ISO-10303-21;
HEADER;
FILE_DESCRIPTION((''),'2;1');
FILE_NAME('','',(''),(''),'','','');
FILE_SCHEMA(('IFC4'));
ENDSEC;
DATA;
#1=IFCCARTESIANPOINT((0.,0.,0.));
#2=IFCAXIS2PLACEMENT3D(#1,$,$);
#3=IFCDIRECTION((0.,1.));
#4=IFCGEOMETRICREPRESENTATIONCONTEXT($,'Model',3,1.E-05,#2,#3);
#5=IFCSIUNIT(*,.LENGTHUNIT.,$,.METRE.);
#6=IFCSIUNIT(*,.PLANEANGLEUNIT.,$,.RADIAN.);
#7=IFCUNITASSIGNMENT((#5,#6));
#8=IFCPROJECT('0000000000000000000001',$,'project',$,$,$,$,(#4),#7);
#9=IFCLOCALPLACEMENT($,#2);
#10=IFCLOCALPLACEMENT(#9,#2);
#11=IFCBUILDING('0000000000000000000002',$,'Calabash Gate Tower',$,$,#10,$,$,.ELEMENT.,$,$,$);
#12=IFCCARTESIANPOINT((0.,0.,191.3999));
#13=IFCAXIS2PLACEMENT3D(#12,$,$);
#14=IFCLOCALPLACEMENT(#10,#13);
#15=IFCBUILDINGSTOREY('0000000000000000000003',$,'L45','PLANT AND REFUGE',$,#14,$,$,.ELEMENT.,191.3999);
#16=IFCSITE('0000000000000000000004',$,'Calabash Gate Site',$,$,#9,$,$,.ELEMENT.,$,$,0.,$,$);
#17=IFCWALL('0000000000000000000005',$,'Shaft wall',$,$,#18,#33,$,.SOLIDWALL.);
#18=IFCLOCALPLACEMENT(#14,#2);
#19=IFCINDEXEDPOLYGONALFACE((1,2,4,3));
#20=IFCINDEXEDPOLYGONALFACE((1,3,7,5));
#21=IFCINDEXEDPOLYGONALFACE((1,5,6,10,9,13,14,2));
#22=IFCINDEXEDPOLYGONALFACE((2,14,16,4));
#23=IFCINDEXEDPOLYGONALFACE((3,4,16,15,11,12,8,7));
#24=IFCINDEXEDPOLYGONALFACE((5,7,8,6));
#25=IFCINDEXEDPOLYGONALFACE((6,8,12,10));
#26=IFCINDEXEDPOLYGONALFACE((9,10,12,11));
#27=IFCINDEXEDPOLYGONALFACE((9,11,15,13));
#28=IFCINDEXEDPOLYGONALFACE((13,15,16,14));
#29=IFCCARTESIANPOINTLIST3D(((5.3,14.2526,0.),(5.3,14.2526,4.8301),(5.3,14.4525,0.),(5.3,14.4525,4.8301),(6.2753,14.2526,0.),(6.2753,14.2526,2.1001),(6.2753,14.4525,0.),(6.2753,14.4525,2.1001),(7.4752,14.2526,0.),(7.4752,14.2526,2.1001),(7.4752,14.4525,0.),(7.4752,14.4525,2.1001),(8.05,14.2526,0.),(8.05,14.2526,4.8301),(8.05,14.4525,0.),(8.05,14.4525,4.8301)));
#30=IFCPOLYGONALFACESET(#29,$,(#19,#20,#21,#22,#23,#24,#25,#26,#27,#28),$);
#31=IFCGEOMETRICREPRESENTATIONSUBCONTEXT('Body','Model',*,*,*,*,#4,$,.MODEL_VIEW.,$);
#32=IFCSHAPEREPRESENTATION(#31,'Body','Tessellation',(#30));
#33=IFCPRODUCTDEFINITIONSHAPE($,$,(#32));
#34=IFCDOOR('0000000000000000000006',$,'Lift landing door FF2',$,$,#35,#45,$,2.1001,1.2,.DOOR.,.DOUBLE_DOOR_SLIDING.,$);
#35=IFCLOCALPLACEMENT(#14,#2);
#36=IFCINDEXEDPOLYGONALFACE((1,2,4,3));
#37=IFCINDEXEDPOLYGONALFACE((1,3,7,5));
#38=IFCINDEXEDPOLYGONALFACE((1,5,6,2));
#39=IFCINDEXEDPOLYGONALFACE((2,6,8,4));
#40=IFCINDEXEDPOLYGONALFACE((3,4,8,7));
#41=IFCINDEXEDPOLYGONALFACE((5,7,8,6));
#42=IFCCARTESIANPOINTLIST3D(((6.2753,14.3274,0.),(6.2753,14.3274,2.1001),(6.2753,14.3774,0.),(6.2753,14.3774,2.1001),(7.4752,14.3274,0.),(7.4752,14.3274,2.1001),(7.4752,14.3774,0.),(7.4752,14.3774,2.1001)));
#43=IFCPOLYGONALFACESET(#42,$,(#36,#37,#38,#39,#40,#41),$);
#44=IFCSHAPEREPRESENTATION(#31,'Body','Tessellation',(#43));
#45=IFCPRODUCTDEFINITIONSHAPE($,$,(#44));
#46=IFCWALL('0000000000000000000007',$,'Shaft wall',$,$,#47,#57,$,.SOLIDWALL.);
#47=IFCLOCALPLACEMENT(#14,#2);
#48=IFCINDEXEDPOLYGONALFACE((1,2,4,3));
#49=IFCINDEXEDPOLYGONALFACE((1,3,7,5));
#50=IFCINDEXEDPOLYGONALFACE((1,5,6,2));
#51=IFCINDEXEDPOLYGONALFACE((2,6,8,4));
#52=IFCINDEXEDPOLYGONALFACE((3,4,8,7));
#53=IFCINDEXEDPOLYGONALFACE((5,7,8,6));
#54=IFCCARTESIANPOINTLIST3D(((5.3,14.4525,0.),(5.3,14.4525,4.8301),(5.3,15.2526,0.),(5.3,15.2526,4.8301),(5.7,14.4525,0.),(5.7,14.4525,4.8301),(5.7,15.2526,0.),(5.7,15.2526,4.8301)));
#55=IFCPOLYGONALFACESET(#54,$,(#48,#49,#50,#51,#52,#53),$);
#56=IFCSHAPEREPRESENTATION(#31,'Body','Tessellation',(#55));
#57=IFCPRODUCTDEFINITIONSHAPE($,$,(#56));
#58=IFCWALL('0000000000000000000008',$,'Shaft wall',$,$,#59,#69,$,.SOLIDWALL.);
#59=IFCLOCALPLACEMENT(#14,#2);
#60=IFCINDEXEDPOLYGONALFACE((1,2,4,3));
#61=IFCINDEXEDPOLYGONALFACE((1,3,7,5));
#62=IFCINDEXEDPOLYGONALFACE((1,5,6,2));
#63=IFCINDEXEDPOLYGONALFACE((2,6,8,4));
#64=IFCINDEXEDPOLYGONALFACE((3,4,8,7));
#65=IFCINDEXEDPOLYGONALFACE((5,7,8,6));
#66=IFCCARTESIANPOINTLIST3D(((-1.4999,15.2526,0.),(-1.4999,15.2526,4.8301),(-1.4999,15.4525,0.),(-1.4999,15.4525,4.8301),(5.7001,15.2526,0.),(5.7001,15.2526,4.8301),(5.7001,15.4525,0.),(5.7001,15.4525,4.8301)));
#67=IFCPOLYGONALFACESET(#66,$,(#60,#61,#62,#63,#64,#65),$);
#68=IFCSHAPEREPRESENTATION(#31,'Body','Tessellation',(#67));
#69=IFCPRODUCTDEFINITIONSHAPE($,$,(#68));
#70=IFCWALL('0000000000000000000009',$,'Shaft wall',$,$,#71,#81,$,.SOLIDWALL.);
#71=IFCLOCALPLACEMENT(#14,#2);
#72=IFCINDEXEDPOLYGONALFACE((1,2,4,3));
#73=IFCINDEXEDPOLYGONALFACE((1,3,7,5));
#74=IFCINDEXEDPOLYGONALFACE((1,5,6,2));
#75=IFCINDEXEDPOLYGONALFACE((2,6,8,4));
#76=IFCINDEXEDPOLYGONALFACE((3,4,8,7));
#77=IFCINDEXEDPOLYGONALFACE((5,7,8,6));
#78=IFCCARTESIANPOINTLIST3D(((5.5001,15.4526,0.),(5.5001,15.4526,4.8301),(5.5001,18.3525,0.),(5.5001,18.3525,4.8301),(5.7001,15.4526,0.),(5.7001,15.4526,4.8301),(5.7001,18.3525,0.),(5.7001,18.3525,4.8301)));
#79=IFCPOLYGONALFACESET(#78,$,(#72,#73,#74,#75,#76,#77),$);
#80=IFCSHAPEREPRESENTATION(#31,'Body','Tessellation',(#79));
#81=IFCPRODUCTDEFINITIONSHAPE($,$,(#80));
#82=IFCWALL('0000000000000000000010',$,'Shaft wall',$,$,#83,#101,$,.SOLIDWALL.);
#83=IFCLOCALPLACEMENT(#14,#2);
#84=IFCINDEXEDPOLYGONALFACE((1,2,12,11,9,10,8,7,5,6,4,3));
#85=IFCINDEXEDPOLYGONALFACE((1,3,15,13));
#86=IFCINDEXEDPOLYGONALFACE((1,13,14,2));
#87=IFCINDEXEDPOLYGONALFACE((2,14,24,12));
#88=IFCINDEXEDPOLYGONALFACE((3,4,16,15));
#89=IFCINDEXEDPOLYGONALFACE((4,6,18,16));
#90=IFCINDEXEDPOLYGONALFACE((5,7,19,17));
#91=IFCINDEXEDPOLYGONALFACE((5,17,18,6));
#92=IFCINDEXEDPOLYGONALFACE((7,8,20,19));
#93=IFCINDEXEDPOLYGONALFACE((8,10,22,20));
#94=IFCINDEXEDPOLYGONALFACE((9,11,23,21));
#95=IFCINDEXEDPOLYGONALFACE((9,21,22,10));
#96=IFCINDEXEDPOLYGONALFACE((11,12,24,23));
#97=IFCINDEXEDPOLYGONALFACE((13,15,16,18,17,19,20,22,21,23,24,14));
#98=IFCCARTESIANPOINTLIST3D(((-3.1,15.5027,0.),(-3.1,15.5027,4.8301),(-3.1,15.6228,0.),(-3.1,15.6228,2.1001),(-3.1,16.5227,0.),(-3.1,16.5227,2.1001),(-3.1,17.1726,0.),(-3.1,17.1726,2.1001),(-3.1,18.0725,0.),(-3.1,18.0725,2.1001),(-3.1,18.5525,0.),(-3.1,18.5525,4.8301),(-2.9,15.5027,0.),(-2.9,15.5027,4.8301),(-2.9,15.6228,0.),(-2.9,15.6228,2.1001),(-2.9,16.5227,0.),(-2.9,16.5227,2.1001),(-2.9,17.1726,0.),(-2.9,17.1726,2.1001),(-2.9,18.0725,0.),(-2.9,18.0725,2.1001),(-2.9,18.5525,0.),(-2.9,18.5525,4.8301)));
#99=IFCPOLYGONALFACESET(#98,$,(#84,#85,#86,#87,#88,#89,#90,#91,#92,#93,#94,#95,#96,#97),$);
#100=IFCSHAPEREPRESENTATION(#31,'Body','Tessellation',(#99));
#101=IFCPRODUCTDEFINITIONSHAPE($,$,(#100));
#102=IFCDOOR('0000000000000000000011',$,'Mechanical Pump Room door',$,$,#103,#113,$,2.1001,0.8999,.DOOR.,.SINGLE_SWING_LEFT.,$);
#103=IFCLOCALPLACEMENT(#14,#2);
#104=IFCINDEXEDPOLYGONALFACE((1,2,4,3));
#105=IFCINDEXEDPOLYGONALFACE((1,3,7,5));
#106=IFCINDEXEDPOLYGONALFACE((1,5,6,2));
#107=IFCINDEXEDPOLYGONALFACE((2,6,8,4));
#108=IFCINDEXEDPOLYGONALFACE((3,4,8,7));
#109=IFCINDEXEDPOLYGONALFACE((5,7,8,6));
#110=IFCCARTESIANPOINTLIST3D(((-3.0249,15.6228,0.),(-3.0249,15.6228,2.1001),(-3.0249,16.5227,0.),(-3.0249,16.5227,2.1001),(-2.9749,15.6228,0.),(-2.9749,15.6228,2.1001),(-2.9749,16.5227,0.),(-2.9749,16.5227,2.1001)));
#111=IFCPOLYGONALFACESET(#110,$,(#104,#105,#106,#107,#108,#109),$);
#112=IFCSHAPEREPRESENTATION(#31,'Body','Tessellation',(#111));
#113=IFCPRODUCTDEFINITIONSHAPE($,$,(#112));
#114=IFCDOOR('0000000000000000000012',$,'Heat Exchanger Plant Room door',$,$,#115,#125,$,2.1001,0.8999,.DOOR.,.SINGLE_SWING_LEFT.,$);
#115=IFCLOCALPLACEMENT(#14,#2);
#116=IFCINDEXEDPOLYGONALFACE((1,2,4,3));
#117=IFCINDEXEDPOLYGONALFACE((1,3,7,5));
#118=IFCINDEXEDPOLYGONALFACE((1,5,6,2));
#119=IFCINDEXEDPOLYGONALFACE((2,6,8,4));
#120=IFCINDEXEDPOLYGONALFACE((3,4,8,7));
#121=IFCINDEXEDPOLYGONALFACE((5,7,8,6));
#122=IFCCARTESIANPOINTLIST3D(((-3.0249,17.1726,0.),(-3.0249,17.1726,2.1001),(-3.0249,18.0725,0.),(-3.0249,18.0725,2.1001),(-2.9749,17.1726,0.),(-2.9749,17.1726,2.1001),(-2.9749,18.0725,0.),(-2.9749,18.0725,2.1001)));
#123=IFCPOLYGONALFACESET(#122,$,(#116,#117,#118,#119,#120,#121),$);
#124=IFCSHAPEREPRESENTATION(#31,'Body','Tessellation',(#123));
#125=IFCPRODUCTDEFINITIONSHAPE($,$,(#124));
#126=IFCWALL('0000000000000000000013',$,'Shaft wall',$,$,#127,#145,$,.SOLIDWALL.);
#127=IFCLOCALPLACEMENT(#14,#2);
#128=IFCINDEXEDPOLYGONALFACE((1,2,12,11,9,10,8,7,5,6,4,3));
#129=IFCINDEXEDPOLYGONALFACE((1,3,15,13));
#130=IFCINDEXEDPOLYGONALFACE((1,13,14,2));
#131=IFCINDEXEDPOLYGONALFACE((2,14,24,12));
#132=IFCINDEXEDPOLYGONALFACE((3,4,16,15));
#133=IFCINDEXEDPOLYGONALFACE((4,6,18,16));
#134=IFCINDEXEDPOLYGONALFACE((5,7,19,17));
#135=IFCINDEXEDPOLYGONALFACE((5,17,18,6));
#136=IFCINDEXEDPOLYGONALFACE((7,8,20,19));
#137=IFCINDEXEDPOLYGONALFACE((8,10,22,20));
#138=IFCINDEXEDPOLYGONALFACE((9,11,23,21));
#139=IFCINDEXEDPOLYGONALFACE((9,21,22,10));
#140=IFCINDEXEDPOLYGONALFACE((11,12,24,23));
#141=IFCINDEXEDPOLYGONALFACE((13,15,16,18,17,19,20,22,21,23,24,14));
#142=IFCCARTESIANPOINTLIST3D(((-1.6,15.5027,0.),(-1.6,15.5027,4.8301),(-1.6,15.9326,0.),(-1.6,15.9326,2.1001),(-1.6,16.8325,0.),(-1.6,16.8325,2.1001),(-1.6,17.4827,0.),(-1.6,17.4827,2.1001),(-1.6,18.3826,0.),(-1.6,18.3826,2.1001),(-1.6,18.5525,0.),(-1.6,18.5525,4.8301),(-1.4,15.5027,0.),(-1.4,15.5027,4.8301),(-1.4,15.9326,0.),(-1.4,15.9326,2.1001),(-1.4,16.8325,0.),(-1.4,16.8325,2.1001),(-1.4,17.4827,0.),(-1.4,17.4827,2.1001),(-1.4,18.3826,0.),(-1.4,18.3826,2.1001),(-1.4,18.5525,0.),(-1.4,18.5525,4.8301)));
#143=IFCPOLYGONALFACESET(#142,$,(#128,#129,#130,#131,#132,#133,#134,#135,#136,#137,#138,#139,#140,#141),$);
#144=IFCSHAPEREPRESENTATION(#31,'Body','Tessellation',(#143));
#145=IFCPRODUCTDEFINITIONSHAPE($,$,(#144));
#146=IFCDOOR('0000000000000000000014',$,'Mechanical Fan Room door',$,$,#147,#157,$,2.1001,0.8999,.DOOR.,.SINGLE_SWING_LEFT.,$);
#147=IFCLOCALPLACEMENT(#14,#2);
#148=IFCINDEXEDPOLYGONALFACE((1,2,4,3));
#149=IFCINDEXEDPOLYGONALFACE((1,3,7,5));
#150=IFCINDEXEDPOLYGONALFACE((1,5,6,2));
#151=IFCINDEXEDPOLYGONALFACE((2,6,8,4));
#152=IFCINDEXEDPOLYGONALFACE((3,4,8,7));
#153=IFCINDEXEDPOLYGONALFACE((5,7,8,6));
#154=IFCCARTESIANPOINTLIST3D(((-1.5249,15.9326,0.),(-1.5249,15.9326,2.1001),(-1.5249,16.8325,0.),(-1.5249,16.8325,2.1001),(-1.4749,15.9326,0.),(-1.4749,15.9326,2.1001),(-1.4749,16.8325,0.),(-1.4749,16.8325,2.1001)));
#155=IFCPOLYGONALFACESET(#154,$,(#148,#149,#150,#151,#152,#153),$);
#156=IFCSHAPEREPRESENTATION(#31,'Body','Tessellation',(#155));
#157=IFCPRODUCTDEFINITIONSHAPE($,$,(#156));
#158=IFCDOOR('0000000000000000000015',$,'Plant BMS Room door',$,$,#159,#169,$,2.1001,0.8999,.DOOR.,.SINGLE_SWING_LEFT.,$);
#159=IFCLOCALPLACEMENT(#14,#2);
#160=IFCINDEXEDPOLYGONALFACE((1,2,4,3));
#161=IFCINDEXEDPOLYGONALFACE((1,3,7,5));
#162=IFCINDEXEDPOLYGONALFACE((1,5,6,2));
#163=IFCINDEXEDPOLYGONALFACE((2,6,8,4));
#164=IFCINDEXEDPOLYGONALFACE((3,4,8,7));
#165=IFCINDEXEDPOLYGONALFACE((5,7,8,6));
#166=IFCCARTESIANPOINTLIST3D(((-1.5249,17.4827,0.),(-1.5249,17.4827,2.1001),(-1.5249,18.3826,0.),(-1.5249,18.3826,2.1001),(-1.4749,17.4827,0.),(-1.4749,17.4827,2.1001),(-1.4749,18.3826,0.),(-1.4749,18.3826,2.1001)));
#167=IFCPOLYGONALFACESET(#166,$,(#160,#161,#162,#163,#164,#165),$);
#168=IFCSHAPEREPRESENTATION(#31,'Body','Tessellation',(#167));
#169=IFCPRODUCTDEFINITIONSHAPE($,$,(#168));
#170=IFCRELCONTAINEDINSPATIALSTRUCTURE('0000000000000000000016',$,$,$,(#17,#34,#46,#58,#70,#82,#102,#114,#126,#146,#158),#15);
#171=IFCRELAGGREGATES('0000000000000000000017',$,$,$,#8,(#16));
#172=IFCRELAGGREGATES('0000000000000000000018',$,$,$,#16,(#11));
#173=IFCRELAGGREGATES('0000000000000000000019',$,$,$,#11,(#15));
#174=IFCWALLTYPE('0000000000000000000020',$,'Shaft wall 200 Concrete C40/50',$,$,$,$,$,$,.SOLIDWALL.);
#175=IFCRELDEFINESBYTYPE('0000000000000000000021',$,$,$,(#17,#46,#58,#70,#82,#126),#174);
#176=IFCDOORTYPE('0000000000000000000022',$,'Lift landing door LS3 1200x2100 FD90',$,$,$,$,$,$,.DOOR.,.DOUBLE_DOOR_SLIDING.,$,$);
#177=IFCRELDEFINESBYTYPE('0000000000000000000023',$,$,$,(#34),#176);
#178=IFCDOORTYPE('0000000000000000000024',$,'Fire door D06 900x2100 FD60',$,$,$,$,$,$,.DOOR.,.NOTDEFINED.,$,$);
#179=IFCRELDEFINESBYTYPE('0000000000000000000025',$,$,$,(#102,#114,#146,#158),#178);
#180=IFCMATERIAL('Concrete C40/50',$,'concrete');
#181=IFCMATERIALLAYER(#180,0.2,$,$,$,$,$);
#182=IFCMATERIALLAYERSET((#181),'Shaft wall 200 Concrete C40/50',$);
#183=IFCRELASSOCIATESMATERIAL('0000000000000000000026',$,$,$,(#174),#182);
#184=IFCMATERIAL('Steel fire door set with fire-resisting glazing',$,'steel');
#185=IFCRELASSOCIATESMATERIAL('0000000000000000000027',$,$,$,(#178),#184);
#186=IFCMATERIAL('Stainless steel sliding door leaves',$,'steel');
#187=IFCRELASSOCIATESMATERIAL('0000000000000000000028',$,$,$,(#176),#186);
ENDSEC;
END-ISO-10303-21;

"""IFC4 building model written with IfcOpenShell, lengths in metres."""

from ifc_helpers import new_model, si_unit, direction, frame, frame_2d, origin, place, context, subcontext, project, spatial, rectangle, extrude, material, layer, layer_set, type_object, element, fill, save


model = new_model("IFC4")

# Units and contexts
model_context = context("Model", 3, precision=1e-05, world=origin(), true_north=direction((0.0, 1.0)))
body_context = subcontext(model_context, "Body", "Model", "MODEL_VIEW")
ifc_project = project(units=[si_unit("LENGTHUNIT", "METRE"), si_unit("PLANEANGLEUNIT", "RADIAN")], contexts=[model_context])

# Site, building, storey
site_placement = place(None, origin())
site = spatial("IfcSite", under=ifc_project, at=site_placement, Name="Calabash Gate Site", CompositionType="ELEMENT", RefElevation=0.0)
building_placement = place(site_placement, origin())
building = spatial("IfcBuilding", under=site, at=building_placement, Name="Calabash Gate Tower", CompositionType="ELEMENT")
storey_placement = place(building_placement, frame((0.0, 0.0, 191.3999)))
storey = spatial("IfcBuildingStorey", under=building, at=storey_placement, Name="L45", Description="PLANT AND REFUGE", CompositionType="ELEMENT", Elevation=191.3999)

# Shared definitions
ifc_material_1 = material(Name="Concrete C40/50", Category="concrete")
ifc_layer_1 = layer(ifc_material_1, 0.2)
ifc_layer_set_1 = layer_set([ifc_layer_1], Name="Shaft wall 200 Concrete C40/50")
wall_type_1 = type_object("IfcWallType", Name="Shaft wall 200 Concrete C40/50", PredefinedType="SOLIDWALL", material=ifc_layer_set_1)
ifc_material_2 = material(Name="Steel fire door set with fire-resisting glazing", Category="steel")
door_type_1 = type_object("IfcDoorType", Name="Fire door D06 900x2100 FD60", OperationType="NOTDEFINED", PredefinedType="DOOR", material=ifc_material_2)

# Wall, opening, door
wall_1_placement = place(storey_placement, frame((5.3, 14.3525, 0.0), z_axis=(0.0, 0.0, 1.0), x_axis=(1.0, 0.0, 0.0)))
wall_1 = element("IfcWall", 1, at=wall_1_placement, inside=storey, type_object=wall_type_1, Name="Shaft wall", PredefinedType="SOLIDWALL", context=body_context, shape_type="SweptSolid", body=[
    extrude(rectangle(XDim=2.75, YDim=0.2, at=frame_2d((1.375, 0.0))), origin(), (0.0, 0.0, 1.0), 4.8301),
])
opening_1_placement = place(wall_1_placement, frame((0.9751, 0.0, 0.0)))
opening_1 = element("IfcOpeningElement", 2, at=opening_1_placement, cuts=wall_1, PredefinedType="OPENING", context=body_context, shape_type="SweptSolid", body=[
    extrude(rectangle(XDim=1.2, YDim=2.1001, at=frame_2d((0.6001, 1.05))), frame((0.0, 0.1099, 0.0), z_axis=(0.0, -1.0, 0.0), x_axis=(1.0, 0.0, 0.0)), (0.0, 0.0, 1.0), 0.22),
])
ifc_material_3 = material(Name="Stainless steel sliding door leaves", Category="steel")
door_type_2 = type_object("IfcDoorType", Name="Lift landing door LS3 1200x2100 FD90", OperationType="DOUBLE_DOOR_SLIDING", PredefinedType="DOOR", material=ifc_material_3)
door_1_placement = place(opening_1_placement, origin())
door_1 = element("IfcDoor", 3, at=door_1_placement, inside=storey, type_object=door_type_2, Name="Lift landing door FF2", OperationType="DOUBLE_DOOR_SLIDING", OverallHeight=2.1001, OverallWidth=1.2, PredefinedType="DOOR", context=body_context, shape_type="SweptSolid", body=[
    extrude(rectangle(XDim=1.2, YDim=2.1001, at=frame_2d((0.6001, 1.05))), frame((0.0, 0.0249, 0.0), z_axis=(0.0, -1.0, 0.0), x_axis=(1.0, 0.0, 0.0)), (0.0, 0.0, 1.0), 0.05),
])
fill(opening_1, door_1)

# Walls
wall_2_placement = place(storey_placement, frame((5.5, 14.4526, 0.0), z_axis=(0.0, 0.0, 1.0), x_axis=(0.0, 1.0, 0.0)))
element("IfcWall", 4, at=wall_2_placement, inside=storey, type_object=wall_type_1, Name="Shaft wall", PredefinedType="SOLIDWALL", context=body_context, shape_type="SweptSolid", body=[
    extrude(rectangle(XDim=0.8, YDim=0.3999, at=frame_2d((0.3999, 0.0))), origin(), (0.0, 0.0, 1.0), 4.8301),
])
wall_3_placement = place(storey_placement, frame((-1.5, 15.3525, 0.0), z_axis=(0.0, 0.0, 1.0), x_axis=(1.0, 0.0, 0.0)))
element("IfcWall", 5, at=wall_3_placement, inside=storey, type_object=wall_type_1, Name="Shaft wall", PredefinedType="SOLIDWALL", context=body_context, shape_type="SweptSolid", body=[
    extrude(rectangle(XDim=7.2, YDim=0.2, at=frame_2d((3.6001, 0.0))), origin(), (0.0, 0.0, 1.0), 4.8301),
])
wall_4_placement = place(storey_placement, frame((5.6001, 15.4526, 0.0), z_axis=(0.0, 0.0, 1.0), x_axis=(0.0, 1.0, 0.0)))
element("IfcWall", 6, at=wall_4_placement, inside=storey, type_object=wall_type_1, Name="Shaft wall", PredefinedType="SOLIDWALL", context=body_context, shape_type="SweptSolid", body=[
    extrude(rectangle(XDim=2.8999, YDim=0.2, at=frame_2d((1.45, 0.0))), origin(), (0.0, 0.0, 1.0), 4.8301),
])

# Walls, openings, doors
wall_5_placement = place(storey_placement, frame((-3.0, 15.5027, 0.0), z_axis=(0.0, 0.0, 1.0), x_axis=(0.0, 1.0, 0.0)))
wall_5 = element("IfcWall", 7, at=wall_5_placement, inside=storey, type_object=wall_type_1, Name="Shaft wall", PredefinedType="SOLIDWALL", context=body_context, shape_type="SweptSolid", body=[
    extrude(rectangle(XDim=3.0498, YDim=0.2, at=frame_2d((1.5249, 0.0))), origin(), (0.0, 0.0, 1.0), 4.8301),
])
opening_2_placement = place(wall_5_placement, frame((0.1201, 0.0, 0.0)))
opening_2 = element("IfcOpeningElement", 8, at=opening_2_placement, cuts=wall_5, PredefinedType="OPENING", context=body_context, shape_type="SweptSolid", body=[
    extrude(rectangle(XDim=0.8999, YDim=2.1001, at=frame_2d((0.45, 1.05))), frame((0.0, 0.1099, 0.0), z_axis=(0.0, -1.0, 0.0), x_axis=(1.0, 0.0, 0.0)), (0.0, 0.0, 1.0), 0.22),
])
opening_3_placement = place(wall_5_placement, frame((1.6699, 0.0, 0.0)))
opening_3 = element("IfcOpeningElement", 9, at=opening_3_placement, cuts=wall_5, PredefinedType="OPENING", context=body_context, shape_type="SweptSolid", body=[
    extrude(rectangle(XDim=0.8999, YDim=2.1001, at=frame_2d((0.45, 1.05))), frame((0.0, 0.1099, 0.0), z_axis=(0.0, -1.0, 0.0), x_axis=(1.0, 0.0, 0.0)), (0.0, 0.0, 1.0), 0.22),
])
door_2_placement = place(opening_2_placement, origin())
door_2 = element("IfcDoor", 10, at=door_2_placement, inside=storey, type_object=door_type_1, Name="Mechanical Pump Room door", OperationType="SINGLE_SWING_LEFT", OverallHeight=2.1001, OverallWidth=0.8999, PredefinedType="DOOR", context=body_context, shape_type="SweptSolid", body=[
    extrude(rectangle(XDim=0.8999, YDim=2.1001, at=frame_2d((0.45, 1.05))), frame((0.0, 0.0249, 0.0), z_axis=(0.0, -1.0, 0.0), x_axis=(1.0, 0.0, 0.0)), (0.0, 0.0, 1.0), 0.05),
])
fill(opening_2, door_2)
door_3_placement = place(opening_3_placement, origin())
door_3 = element("IfcDoor", 11, at=door_3_placement, inside=storey, type_object=door_type_1, Name="Heat Exchanger Plant Room door", OperationType="SINGLE_SWING_LEFT", OverallHeight=2.1001, OverallWidth=0.8999, PredefinedType="DOOR", context=body_context, shape_type="SweptSolid", body=[
    extrude(rectangle(XDim=0.8999, YDim=2.1001, at=frame_2d((0.45, 1.05))), frame((0.0, 0.0249, 0.0), z_axis=(0.0, -1.0, 0.0), x_axis=(1.0, 0.0, 0.0)), (0.0, 0.0, 1.0), 0.05),
])
fill(opening_3, door_3)
wall_6_placement = place(storey_placement, frame((-1.5, 15.5027, 0.0), z_axis=(0.0, 0.0, 1.0), x_axis=(0.0, 1.0, 0.0)))
wall_6 = element("IfcWall", 12, at=wall_6_placement, inside=storey, type_object=wall_type_1, Name="Shaft wall", PredefinedType="SOLIDWALL", context=body_context, shape_type="SweptSolid", body=[
    extrude(rectangle(XDim=3.0498, YDim=0.2, at=frame_2d((1.5249, 0.0))), origin(), (0.0, 0.0, 1.0), 4.8301),
])
opening_4_placement = place(wall_6_placement, frame((0.4299, 0.0, 0.0)))
opening_4 = element("IfcOpeningElement", 13, at=opening_4_placement, cuts=wall_6, PredefinedType="OPENING", context=body_context, shape_type="SweptSolid", body=[
    extrude(rectangle(XDim=0.8999, YDim=2.1001, at=frame_2d((0.45, 1.05))), frame((0.0, 0.1099, 0.0), z_axis=(0.0, -1.0, 0.0), x_axis=(1.0, 0.0, 0.0)), (0.0, 0.0, 1.0), 0.22),
])
opening_5_placement = place(wall_6_placement, frame((1.98, 0.0, 0.0)))
opening_5 = element("IfcOpeningElement", 14, at=opening_5_placement, cuts=wall_6, PredefinedType="OPENING", context=body_context, shape_type="SweptSolid", body=[
    extrude(rectangle(XDim=0.8999, YDim=2.1001, at=frame_2d((0.45, 1.05))), frame((0.0, 0.1099, 0.0), z_axis=(0.0, -1.0, 0.0), x_axis=(1.0, 0.0, 0.0)), (0.0, 0.0, 1.0), 0.22),
])
door_4_placement = place(opening_4_placement, origin())
door_4 = element("IfcDoor", 15, at=door_4_placement, inside=storey, type_object=door_type_1, Name="Mechanical Fan Room door", OperationType="SINGLE_SWING_LEFT", OverallHeight=2.1001, OverallWidth=0.8999, PredefinedType="DOOR", context=body_context, shape_type="SweptSolid", body=[
    extrude(rectangle(XDim=0.8999, YDim=2.1001, at=frame_2d((0.45, 1.05))), frame((0.0, 0.0249, 0.0), z_axis=(0.0, -1.0, 0.0), x_axis=(1.0, 0.0, 0.0)), (0.0, 0.0, 1.0), 0.05),
])
fill(opening_4, door_4)
door_5_placement = place(opening_5_placement, origin())
door_5 = element("IfcDoor", 16, at=door_5_placement, inside=storey, type_object=door_type_1, Name="Plant BMS Room door", OperationType="SINGLE_SWING_LEFT", OverallHeight=2.1001, OverallWidth=0.8999, PredefinedType="DOOR", context=body_context, shape_type="SweptSolid", body=[
    extrude(rectangle(XDim=0.8999, YDim=2.1001, at=frame_2d((0.45, 1.05))), frame((0.0, 0.0249, 0.0), z_axis=(0.0, -1.0, 0.0), x_axis=(1.0, 0.0, 0.0)), (0.0, 0.0, 1.0), 0.05),
])
fill(opening_5, door_5)

save(model, "model.ifc")
